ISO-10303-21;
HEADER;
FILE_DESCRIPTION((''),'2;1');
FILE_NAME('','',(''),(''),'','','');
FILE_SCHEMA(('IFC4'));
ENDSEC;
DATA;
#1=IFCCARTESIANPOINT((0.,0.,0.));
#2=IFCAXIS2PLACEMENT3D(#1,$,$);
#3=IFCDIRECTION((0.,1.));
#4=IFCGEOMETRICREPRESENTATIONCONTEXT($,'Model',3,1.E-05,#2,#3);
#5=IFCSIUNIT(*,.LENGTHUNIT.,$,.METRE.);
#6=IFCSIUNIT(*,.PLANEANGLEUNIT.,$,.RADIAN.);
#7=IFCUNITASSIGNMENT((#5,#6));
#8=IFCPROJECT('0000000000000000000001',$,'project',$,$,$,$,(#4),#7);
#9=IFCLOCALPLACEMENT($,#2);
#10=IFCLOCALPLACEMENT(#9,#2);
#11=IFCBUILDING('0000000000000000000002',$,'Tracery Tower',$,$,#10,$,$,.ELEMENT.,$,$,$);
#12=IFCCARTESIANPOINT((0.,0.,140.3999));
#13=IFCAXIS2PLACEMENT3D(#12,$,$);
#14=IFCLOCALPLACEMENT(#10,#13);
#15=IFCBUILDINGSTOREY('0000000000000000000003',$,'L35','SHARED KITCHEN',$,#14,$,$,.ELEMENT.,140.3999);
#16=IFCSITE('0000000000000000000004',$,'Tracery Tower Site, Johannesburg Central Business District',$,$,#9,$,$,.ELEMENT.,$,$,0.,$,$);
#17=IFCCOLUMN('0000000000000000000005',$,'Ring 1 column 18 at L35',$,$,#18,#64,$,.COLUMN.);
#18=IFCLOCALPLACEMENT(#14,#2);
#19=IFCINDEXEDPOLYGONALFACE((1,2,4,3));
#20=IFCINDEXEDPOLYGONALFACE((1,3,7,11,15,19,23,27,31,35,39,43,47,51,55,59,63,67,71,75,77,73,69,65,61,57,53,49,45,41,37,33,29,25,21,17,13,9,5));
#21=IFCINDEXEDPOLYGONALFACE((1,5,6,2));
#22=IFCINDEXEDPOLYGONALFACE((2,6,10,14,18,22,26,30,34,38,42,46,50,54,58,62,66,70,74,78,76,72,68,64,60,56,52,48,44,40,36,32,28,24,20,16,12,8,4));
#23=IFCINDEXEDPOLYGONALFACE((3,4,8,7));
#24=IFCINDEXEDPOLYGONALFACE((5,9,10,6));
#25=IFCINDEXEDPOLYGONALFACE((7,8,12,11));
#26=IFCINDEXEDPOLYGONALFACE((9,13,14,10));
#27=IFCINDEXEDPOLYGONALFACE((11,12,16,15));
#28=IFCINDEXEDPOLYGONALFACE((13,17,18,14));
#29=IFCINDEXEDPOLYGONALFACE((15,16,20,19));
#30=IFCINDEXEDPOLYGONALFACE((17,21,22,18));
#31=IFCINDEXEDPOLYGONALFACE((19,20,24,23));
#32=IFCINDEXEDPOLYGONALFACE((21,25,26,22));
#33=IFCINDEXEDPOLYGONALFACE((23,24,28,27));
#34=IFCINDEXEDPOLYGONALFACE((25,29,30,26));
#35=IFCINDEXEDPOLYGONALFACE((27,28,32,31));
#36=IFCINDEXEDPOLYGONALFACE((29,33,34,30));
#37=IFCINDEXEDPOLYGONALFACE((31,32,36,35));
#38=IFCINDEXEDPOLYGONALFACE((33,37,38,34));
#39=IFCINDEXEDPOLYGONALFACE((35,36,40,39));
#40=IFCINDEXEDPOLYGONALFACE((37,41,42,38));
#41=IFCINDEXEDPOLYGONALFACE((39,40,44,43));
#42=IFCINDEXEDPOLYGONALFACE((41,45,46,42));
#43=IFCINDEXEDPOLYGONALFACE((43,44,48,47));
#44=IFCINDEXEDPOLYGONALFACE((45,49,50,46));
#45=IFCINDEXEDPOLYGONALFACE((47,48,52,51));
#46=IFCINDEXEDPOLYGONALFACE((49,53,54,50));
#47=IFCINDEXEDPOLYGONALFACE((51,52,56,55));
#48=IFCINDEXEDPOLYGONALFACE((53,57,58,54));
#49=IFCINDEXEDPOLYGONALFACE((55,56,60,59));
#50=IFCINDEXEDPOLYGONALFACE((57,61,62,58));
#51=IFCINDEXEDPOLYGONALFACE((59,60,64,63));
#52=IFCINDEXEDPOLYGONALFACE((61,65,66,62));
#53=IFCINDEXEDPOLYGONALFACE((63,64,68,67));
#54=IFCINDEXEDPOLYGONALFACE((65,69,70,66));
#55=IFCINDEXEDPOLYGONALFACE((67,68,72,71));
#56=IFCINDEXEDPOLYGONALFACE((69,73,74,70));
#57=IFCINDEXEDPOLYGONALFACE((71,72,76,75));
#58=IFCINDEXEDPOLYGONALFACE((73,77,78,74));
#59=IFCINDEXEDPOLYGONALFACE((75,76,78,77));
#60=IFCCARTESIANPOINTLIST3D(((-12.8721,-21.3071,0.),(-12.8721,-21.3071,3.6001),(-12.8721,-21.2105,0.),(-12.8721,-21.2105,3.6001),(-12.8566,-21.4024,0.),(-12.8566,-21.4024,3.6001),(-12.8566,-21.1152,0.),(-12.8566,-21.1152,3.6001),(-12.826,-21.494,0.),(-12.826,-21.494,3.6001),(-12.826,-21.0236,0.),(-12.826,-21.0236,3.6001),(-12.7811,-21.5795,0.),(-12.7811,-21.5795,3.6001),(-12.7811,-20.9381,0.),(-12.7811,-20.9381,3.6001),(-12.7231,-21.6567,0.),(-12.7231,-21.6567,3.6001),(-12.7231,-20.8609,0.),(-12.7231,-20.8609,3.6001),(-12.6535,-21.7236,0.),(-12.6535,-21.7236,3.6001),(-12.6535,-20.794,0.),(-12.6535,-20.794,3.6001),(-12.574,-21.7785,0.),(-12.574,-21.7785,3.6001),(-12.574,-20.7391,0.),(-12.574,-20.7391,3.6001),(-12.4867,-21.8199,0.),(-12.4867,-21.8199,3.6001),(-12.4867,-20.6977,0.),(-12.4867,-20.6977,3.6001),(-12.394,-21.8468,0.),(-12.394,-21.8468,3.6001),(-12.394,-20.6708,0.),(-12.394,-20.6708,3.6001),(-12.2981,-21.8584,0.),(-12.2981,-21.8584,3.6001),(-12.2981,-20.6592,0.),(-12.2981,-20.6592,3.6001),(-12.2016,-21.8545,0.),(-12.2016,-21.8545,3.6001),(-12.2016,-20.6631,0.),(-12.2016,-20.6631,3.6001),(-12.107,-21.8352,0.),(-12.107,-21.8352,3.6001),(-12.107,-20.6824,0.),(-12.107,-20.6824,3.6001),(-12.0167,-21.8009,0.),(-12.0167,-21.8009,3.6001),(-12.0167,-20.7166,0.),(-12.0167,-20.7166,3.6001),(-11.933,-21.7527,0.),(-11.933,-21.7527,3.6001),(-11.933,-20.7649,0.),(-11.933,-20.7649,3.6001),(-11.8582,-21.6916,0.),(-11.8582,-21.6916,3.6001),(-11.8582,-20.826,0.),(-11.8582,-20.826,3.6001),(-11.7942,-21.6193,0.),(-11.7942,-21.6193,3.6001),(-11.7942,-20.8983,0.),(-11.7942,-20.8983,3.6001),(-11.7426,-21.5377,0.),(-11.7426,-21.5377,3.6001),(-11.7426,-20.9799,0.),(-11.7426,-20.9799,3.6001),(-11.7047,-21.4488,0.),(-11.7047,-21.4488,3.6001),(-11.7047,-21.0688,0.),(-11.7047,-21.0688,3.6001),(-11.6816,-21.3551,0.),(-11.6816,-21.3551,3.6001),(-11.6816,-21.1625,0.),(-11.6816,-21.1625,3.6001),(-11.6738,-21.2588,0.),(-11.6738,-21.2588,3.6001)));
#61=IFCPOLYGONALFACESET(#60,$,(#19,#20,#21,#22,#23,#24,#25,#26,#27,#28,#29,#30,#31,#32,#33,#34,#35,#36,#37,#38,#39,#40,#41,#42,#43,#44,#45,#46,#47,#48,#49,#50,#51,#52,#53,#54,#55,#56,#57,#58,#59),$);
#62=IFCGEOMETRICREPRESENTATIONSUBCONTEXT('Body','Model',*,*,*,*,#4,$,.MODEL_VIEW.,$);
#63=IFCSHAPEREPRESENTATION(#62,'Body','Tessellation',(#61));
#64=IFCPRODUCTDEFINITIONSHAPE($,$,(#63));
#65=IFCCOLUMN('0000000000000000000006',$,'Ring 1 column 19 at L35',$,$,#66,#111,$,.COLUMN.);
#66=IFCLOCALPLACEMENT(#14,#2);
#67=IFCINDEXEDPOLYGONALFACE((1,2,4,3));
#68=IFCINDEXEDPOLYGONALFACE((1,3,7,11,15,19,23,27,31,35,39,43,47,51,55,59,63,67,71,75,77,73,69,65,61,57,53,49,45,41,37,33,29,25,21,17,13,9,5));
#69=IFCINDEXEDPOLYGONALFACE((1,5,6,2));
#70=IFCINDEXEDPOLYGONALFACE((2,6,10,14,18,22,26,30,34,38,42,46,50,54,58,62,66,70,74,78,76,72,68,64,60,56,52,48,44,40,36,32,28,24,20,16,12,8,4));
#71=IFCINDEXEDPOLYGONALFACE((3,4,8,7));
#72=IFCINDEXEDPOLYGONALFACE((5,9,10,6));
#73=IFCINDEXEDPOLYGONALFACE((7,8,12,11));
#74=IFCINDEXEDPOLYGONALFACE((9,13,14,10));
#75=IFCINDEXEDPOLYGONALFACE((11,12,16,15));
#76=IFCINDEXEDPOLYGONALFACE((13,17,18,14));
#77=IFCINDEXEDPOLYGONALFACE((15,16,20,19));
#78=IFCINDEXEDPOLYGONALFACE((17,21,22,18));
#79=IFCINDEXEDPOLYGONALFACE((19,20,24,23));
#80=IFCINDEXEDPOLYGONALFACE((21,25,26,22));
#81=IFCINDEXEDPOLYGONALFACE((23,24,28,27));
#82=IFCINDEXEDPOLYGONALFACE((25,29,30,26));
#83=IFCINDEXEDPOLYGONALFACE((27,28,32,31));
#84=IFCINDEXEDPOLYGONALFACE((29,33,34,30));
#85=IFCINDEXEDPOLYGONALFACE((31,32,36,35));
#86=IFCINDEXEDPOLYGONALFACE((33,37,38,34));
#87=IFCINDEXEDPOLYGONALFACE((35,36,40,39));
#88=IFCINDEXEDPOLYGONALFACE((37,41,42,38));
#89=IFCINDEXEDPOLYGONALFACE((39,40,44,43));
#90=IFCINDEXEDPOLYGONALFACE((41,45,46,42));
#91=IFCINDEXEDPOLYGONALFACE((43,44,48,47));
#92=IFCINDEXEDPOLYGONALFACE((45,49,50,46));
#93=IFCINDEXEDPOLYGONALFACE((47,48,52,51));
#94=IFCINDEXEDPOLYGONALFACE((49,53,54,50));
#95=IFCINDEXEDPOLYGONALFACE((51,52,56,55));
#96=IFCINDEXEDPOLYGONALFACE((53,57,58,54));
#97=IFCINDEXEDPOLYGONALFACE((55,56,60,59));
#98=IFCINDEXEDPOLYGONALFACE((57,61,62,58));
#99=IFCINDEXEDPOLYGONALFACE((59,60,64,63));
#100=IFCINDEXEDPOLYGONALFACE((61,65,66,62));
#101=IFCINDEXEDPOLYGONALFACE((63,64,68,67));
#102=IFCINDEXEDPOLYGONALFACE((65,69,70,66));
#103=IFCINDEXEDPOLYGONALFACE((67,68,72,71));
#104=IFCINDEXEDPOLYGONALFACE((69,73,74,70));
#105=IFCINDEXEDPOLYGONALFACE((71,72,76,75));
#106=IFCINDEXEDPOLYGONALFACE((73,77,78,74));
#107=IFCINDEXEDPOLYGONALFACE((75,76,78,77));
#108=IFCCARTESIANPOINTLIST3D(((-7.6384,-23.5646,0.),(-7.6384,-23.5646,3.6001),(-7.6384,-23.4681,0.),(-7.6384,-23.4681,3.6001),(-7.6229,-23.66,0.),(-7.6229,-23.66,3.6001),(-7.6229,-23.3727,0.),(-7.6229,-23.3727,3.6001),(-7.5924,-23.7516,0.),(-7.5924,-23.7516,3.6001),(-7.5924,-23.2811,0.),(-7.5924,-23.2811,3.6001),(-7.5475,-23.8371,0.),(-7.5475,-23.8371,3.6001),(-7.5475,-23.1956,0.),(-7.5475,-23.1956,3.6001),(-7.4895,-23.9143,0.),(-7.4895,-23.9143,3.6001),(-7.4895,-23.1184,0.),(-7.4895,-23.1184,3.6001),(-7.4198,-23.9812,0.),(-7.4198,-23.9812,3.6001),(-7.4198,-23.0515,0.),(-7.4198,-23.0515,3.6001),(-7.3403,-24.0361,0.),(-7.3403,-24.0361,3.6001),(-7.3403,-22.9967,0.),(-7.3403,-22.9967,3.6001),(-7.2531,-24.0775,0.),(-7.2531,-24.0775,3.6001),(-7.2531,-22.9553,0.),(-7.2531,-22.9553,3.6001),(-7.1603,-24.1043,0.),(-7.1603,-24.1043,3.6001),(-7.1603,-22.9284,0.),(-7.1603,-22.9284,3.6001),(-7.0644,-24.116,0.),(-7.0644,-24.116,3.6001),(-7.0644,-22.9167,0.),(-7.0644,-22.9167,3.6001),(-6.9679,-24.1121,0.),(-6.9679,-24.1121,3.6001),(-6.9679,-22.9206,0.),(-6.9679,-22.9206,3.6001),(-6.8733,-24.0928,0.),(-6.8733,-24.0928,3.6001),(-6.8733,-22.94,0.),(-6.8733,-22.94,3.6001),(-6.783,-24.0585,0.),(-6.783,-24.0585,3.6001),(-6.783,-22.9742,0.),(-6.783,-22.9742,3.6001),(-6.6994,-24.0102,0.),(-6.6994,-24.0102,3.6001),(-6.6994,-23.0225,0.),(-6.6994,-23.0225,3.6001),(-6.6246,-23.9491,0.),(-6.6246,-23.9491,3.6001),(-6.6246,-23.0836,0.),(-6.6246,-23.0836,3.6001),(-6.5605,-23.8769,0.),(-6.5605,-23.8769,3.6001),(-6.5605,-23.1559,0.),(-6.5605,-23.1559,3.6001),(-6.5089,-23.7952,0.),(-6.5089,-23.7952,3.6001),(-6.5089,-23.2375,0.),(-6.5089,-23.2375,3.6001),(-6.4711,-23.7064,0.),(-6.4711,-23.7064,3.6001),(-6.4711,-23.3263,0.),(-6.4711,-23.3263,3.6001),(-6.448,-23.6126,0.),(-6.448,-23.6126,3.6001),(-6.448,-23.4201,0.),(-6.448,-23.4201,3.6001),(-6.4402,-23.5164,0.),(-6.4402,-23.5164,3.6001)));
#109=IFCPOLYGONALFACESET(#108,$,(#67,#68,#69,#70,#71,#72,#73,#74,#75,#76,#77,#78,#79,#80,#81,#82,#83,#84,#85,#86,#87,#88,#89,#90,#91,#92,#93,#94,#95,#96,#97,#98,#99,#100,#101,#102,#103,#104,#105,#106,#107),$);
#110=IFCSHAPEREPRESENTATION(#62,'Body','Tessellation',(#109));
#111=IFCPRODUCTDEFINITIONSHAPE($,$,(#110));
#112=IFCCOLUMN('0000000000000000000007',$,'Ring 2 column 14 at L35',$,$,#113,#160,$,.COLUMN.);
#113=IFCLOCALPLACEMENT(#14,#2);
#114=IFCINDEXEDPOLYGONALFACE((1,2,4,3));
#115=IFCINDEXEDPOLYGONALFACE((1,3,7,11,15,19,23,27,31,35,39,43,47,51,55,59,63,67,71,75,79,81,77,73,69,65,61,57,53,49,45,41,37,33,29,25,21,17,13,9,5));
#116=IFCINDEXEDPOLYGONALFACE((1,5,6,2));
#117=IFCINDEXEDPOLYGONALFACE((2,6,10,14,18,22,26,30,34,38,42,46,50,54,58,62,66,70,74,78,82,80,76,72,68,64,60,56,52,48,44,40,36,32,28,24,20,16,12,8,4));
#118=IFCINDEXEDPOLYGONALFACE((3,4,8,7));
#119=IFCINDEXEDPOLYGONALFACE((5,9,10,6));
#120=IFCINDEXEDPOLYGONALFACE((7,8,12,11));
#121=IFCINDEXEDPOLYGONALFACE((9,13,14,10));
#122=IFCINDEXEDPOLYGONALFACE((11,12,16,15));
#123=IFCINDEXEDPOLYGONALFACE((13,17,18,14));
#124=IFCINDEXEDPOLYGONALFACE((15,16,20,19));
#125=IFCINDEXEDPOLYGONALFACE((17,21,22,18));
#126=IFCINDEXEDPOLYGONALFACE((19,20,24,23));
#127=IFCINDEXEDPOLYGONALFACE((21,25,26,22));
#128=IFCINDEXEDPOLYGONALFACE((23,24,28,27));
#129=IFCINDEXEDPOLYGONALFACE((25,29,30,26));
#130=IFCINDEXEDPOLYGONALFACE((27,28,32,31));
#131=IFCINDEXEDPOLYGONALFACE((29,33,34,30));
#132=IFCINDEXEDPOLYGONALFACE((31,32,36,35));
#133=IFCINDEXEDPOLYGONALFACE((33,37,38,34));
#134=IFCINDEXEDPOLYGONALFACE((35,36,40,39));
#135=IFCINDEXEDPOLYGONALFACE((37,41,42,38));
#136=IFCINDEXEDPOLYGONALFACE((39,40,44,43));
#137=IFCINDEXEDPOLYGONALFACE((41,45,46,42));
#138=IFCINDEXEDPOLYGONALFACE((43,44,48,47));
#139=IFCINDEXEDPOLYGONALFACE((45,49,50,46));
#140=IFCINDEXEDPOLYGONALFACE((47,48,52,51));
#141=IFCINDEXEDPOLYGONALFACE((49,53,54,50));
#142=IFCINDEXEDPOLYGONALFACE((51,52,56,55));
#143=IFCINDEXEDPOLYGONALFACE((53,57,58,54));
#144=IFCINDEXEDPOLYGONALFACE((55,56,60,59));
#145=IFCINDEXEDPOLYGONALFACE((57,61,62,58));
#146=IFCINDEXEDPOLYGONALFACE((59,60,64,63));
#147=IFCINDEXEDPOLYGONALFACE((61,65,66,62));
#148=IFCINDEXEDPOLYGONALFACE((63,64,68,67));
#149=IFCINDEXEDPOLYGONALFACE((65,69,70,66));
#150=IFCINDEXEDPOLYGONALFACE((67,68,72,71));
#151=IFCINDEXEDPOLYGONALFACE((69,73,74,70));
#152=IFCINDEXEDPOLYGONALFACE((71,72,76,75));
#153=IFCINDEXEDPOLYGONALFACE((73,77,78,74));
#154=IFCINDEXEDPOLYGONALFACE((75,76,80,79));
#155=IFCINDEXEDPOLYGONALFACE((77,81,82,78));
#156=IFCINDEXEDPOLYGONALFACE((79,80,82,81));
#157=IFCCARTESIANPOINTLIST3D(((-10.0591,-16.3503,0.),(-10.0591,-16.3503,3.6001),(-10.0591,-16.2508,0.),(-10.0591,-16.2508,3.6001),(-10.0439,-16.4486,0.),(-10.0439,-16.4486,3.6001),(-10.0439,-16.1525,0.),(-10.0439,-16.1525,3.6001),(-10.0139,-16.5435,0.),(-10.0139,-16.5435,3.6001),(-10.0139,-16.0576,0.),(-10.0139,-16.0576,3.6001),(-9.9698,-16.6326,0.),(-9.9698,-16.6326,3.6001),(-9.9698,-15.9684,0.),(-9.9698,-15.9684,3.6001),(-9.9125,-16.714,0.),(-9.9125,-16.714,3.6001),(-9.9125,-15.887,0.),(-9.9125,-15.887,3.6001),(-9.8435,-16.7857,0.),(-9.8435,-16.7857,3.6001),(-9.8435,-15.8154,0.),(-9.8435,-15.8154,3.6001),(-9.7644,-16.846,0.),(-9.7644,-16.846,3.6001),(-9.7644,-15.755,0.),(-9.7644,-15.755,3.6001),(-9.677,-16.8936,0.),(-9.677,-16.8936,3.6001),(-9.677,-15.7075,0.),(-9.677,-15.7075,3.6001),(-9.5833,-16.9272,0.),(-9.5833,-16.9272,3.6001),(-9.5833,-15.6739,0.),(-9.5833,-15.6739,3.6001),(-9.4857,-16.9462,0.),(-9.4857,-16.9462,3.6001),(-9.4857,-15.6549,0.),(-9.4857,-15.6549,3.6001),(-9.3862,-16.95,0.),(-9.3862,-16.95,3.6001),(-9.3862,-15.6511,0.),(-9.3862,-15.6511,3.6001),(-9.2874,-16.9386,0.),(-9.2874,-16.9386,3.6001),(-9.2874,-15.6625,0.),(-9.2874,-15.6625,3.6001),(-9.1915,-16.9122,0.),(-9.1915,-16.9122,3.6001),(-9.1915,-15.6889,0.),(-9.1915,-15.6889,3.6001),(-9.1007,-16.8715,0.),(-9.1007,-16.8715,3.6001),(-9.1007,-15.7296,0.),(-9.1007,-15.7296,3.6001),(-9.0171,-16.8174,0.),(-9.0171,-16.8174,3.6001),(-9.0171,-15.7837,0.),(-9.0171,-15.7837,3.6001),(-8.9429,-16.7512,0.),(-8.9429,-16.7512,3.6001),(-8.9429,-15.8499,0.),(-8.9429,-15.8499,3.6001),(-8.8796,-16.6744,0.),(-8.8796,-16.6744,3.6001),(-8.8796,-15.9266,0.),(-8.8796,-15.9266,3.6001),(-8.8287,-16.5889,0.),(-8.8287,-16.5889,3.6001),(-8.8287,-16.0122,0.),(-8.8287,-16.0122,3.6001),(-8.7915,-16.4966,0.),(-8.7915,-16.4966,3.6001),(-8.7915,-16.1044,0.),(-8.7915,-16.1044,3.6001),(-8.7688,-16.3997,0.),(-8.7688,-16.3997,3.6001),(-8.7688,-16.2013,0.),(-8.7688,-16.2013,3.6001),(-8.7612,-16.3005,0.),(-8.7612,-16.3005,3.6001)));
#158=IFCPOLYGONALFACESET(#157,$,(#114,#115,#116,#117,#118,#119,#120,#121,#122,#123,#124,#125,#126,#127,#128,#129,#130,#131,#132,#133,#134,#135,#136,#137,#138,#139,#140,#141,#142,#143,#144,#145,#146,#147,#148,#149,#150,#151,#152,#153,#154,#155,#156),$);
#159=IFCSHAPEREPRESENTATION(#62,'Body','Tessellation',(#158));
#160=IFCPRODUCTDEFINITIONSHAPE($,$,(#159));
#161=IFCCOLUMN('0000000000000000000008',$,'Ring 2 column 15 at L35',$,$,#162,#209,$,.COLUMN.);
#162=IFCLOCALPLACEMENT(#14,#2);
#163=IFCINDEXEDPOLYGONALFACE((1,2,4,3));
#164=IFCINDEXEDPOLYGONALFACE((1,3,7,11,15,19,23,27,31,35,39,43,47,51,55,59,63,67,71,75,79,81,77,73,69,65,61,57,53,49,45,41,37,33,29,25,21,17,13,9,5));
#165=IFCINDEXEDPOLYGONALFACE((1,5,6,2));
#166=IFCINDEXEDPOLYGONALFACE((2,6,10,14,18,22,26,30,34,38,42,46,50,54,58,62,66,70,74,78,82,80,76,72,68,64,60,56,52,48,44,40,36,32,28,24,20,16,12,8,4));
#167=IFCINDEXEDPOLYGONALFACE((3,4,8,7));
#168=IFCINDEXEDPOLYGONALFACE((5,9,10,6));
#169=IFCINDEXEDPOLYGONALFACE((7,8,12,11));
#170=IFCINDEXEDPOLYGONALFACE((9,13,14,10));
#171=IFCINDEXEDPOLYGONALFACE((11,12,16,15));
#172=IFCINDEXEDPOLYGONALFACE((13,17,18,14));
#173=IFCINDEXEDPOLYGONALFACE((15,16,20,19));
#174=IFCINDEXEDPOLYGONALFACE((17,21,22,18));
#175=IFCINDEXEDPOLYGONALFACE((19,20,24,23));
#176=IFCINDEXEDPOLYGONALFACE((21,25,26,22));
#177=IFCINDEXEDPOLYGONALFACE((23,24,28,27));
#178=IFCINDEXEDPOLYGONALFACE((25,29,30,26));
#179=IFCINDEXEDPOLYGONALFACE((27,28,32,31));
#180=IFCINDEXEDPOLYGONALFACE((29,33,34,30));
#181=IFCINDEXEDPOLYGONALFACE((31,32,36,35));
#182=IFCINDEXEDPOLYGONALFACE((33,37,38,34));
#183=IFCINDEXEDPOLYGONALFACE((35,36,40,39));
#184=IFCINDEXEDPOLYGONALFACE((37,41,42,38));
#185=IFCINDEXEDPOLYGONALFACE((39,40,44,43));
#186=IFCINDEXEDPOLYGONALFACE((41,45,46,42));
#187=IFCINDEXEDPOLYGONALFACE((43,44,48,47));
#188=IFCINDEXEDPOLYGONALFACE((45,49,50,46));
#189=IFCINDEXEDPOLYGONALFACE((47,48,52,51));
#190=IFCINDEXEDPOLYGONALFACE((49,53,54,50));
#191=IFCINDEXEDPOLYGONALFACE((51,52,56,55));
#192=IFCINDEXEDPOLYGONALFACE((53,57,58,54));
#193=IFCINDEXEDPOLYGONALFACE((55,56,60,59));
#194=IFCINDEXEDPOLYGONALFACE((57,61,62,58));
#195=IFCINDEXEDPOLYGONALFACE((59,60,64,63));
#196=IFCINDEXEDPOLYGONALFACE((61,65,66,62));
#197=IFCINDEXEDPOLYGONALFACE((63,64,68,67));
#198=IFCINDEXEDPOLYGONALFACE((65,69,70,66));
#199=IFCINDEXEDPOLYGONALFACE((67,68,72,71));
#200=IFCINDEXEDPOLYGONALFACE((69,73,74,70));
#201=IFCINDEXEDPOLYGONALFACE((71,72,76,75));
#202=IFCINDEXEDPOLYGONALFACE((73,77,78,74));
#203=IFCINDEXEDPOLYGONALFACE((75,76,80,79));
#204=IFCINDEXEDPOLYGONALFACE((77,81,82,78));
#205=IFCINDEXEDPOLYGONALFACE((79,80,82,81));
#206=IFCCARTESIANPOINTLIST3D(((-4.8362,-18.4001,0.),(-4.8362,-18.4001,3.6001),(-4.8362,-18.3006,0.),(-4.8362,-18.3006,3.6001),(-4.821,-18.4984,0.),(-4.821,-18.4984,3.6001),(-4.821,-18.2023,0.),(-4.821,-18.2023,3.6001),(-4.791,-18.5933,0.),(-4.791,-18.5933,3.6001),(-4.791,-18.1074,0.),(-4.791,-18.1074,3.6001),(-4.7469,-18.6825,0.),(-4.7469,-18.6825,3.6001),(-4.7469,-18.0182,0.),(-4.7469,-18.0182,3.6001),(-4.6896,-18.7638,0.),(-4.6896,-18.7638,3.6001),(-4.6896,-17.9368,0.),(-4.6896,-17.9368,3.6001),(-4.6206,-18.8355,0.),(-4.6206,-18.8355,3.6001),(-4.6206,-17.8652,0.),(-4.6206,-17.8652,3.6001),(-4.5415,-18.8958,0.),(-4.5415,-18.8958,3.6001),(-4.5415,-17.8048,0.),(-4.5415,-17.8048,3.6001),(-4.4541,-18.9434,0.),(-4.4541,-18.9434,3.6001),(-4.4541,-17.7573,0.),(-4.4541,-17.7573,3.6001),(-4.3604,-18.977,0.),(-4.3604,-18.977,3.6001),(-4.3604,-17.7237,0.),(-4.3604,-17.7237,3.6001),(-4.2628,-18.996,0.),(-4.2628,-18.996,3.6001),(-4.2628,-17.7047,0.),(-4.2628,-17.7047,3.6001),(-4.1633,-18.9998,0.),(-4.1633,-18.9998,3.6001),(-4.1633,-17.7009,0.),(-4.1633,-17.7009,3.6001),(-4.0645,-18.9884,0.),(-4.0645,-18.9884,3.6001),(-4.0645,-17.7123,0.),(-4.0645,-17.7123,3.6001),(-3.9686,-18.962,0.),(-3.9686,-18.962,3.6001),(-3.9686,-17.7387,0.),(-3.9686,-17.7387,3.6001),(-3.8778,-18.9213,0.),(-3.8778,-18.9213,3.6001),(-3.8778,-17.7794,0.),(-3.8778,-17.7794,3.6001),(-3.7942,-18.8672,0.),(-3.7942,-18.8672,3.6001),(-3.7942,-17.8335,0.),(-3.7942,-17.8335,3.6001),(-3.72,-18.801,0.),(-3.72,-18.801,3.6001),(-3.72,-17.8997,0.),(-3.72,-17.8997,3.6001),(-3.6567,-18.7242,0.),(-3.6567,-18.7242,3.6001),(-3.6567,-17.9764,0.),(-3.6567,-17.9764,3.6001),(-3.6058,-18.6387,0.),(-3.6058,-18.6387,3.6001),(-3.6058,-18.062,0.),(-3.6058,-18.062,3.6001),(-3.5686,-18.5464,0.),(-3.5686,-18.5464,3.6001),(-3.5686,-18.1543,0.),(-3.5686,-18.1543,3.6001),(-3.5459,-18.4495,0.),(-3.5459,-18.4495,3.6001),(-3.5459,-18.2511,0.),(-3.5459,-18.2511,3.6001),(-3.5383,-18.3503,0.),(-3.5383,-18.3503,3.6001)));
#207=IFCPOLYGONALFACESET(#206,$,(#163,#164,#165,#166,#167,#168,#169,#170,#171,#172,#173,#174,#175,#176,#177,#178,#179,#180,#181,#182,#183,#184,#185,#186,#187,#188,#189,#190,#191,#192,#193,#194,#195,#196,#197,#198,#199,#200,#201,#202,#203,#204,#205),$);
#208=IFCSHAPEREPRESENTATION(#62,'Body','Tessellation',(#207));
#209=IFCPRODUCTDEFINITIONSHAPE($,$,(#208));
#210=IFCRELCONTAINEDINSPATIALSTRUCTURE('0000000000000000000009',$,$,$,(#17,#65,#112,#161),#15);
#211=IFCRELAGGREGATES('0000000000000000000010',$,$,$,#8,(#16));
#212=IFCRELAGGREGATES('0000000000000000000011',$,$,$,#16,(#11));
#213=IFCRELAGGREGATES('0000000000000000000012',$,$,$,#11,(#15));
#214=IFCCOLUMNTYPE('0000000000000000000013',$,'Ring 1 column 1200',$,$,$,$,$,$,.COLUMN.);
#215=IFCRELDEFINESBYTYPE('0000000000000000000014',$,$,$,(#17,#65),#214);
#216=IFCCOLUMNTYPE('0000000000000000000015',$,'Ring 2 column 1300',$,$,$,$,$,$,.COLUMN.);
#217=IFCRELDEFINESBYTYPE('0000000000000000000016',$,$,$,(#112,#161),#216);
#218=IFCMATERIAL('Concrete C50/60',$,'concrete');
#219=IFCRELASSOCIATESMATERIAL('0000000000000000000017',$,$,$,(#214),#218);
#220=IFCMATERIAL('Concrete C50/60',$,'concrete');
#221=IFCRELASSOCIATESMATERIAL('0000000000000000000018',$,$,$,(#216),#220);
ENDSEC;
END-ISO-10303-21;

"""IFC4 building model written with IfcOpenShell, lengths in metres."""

from ifc_helpers import new_model, si_unit, direction, frame, origin, origin_2d, place, context, subcontext, project, spatial, circle, extrude, material, material_profile, profile_set, type_object, element, save


model = new_model("IFC4")

# Units and contexts
model_context = context("Model", 3, precision=1e-05, world=origin(), true_north=direction((0.0, 1.0)))
body_context = subcontext(model_context, "Body", "Model", "MODEL_VIEW")
ifc_project = project(units=[si_unit("LENGTHUNIT", "METRE"), si_unit("PLANEANGLEUNIT", "RADIAN")], contexts=[model_context])

# Site, building, storey
site_placement = place(None, origin())
site = spatial("IfcSite", under=ifc_project, at=site_placement, Name="Tracery Tower Site, Johannesburg Central Business District", CompositionType="ELEMENT", RefElevation=0.0)
building_placement = place(site_placement, origin())
building = spatial("IfcBuilding", under=site, at=building_placement, Name="Tracery Tower", CompositionType="ELEMENT")
storey_placement = place(building_placement, frame((0.0, 0.0, 140.3999)))
storey = spatial("IfcBuildingStorey", under=building, at=storey_placement, Name="L35", Description="SHARED KITCHEN", CompositionType="ELEMENT", Elevation=140.3999)

# Columns
ifc_material_1 = material(Name="Concrete C50/60", Category="concrete")
ifc_material_profile_1 = material_profile(ifc_material_1, circle(Radius=0.6001, at=origin_2d()), Name="RC D1200")
ifc_profile_set_1 = profile_set([ifc_material_profile_1], Name="Concrete C50/60")
column_type_1 = type_object("IfcColumnType", Name="Ring 1 column 1200", PredefinedType="COLUMN", material=ifc_profile_set_1)
for number, where, z_axis, x_axis, name in (
    (1, (-12.2739, -21.2588, 0.0), (0.0, 0.0, 1.0), (1.0, 0.0, 0.0), "Ring 1 column 18 at L35"),
    (2, (-7.0403, -23.5164, 0.0), (0.0, 0.0, 1.0), (1.0, 0.0, 0.0), "Ring 1 column 19 at L35"),
):
    element("IfcColumn", number, at=place(storey_placement, frame(where, z_axis=z_axis, x_axis=x_axis)), inside=storey, type_object=column_type_1, Name=name, PredefinedType="COLUMN", context=body_context, shape_type="SweptSolid", body=[
        extrude(circle(Radius=0.6001, at=origin_2d()), origin(), (0.0, 0.0, 1.0), 3.6001),
    ])
ifc_material_2 = material(Name="Concrete C50/60", Category="concrete")
ifc_material_profile_2 = material_profile(ifc_material_2, circle(Radius=0.6499, at=origin_2d()), Name="RC D1300")
ifc_profile_set_2 = profile_set([ifc_material_profile_2], Name="Concrete C50/60")
column_type_2 = type_object("IfcColumnType", Name="Ring 2 column 1300", PredefinedType="COLUMN", material=ifc_profile_set_2)
for number, where, z_axis, x_axis, name in (
    (3, (-9.4111, -16.3005, 0.0), (0.0, 0.0, 1.0), (1.0, 0.0, 0.0), "Ring 2 column 14 at L35"),
    (4, (-4.1882, -18.3503, 0.0), (0.0, 0.0, 1.0), (1.0, 0.0, 0.0), "Ring 2 column 15 at L35"),
):
    element("IfcColumn", number, at=place(storey_placement, frame(where, z_axis=z_axis, x_axis=x_axis)), inside=storey, type_object=column_type_2, Name=name, PredefinedType="COLUMN", context=body_context, shape_type="SweptSolid", body=[
        extrude(circle(Radius=0.6499, at=origin_2d()), origin(), (0.0, 0.0, 1.0), 3.6001),
    ])

save(model, "model.ifc")
